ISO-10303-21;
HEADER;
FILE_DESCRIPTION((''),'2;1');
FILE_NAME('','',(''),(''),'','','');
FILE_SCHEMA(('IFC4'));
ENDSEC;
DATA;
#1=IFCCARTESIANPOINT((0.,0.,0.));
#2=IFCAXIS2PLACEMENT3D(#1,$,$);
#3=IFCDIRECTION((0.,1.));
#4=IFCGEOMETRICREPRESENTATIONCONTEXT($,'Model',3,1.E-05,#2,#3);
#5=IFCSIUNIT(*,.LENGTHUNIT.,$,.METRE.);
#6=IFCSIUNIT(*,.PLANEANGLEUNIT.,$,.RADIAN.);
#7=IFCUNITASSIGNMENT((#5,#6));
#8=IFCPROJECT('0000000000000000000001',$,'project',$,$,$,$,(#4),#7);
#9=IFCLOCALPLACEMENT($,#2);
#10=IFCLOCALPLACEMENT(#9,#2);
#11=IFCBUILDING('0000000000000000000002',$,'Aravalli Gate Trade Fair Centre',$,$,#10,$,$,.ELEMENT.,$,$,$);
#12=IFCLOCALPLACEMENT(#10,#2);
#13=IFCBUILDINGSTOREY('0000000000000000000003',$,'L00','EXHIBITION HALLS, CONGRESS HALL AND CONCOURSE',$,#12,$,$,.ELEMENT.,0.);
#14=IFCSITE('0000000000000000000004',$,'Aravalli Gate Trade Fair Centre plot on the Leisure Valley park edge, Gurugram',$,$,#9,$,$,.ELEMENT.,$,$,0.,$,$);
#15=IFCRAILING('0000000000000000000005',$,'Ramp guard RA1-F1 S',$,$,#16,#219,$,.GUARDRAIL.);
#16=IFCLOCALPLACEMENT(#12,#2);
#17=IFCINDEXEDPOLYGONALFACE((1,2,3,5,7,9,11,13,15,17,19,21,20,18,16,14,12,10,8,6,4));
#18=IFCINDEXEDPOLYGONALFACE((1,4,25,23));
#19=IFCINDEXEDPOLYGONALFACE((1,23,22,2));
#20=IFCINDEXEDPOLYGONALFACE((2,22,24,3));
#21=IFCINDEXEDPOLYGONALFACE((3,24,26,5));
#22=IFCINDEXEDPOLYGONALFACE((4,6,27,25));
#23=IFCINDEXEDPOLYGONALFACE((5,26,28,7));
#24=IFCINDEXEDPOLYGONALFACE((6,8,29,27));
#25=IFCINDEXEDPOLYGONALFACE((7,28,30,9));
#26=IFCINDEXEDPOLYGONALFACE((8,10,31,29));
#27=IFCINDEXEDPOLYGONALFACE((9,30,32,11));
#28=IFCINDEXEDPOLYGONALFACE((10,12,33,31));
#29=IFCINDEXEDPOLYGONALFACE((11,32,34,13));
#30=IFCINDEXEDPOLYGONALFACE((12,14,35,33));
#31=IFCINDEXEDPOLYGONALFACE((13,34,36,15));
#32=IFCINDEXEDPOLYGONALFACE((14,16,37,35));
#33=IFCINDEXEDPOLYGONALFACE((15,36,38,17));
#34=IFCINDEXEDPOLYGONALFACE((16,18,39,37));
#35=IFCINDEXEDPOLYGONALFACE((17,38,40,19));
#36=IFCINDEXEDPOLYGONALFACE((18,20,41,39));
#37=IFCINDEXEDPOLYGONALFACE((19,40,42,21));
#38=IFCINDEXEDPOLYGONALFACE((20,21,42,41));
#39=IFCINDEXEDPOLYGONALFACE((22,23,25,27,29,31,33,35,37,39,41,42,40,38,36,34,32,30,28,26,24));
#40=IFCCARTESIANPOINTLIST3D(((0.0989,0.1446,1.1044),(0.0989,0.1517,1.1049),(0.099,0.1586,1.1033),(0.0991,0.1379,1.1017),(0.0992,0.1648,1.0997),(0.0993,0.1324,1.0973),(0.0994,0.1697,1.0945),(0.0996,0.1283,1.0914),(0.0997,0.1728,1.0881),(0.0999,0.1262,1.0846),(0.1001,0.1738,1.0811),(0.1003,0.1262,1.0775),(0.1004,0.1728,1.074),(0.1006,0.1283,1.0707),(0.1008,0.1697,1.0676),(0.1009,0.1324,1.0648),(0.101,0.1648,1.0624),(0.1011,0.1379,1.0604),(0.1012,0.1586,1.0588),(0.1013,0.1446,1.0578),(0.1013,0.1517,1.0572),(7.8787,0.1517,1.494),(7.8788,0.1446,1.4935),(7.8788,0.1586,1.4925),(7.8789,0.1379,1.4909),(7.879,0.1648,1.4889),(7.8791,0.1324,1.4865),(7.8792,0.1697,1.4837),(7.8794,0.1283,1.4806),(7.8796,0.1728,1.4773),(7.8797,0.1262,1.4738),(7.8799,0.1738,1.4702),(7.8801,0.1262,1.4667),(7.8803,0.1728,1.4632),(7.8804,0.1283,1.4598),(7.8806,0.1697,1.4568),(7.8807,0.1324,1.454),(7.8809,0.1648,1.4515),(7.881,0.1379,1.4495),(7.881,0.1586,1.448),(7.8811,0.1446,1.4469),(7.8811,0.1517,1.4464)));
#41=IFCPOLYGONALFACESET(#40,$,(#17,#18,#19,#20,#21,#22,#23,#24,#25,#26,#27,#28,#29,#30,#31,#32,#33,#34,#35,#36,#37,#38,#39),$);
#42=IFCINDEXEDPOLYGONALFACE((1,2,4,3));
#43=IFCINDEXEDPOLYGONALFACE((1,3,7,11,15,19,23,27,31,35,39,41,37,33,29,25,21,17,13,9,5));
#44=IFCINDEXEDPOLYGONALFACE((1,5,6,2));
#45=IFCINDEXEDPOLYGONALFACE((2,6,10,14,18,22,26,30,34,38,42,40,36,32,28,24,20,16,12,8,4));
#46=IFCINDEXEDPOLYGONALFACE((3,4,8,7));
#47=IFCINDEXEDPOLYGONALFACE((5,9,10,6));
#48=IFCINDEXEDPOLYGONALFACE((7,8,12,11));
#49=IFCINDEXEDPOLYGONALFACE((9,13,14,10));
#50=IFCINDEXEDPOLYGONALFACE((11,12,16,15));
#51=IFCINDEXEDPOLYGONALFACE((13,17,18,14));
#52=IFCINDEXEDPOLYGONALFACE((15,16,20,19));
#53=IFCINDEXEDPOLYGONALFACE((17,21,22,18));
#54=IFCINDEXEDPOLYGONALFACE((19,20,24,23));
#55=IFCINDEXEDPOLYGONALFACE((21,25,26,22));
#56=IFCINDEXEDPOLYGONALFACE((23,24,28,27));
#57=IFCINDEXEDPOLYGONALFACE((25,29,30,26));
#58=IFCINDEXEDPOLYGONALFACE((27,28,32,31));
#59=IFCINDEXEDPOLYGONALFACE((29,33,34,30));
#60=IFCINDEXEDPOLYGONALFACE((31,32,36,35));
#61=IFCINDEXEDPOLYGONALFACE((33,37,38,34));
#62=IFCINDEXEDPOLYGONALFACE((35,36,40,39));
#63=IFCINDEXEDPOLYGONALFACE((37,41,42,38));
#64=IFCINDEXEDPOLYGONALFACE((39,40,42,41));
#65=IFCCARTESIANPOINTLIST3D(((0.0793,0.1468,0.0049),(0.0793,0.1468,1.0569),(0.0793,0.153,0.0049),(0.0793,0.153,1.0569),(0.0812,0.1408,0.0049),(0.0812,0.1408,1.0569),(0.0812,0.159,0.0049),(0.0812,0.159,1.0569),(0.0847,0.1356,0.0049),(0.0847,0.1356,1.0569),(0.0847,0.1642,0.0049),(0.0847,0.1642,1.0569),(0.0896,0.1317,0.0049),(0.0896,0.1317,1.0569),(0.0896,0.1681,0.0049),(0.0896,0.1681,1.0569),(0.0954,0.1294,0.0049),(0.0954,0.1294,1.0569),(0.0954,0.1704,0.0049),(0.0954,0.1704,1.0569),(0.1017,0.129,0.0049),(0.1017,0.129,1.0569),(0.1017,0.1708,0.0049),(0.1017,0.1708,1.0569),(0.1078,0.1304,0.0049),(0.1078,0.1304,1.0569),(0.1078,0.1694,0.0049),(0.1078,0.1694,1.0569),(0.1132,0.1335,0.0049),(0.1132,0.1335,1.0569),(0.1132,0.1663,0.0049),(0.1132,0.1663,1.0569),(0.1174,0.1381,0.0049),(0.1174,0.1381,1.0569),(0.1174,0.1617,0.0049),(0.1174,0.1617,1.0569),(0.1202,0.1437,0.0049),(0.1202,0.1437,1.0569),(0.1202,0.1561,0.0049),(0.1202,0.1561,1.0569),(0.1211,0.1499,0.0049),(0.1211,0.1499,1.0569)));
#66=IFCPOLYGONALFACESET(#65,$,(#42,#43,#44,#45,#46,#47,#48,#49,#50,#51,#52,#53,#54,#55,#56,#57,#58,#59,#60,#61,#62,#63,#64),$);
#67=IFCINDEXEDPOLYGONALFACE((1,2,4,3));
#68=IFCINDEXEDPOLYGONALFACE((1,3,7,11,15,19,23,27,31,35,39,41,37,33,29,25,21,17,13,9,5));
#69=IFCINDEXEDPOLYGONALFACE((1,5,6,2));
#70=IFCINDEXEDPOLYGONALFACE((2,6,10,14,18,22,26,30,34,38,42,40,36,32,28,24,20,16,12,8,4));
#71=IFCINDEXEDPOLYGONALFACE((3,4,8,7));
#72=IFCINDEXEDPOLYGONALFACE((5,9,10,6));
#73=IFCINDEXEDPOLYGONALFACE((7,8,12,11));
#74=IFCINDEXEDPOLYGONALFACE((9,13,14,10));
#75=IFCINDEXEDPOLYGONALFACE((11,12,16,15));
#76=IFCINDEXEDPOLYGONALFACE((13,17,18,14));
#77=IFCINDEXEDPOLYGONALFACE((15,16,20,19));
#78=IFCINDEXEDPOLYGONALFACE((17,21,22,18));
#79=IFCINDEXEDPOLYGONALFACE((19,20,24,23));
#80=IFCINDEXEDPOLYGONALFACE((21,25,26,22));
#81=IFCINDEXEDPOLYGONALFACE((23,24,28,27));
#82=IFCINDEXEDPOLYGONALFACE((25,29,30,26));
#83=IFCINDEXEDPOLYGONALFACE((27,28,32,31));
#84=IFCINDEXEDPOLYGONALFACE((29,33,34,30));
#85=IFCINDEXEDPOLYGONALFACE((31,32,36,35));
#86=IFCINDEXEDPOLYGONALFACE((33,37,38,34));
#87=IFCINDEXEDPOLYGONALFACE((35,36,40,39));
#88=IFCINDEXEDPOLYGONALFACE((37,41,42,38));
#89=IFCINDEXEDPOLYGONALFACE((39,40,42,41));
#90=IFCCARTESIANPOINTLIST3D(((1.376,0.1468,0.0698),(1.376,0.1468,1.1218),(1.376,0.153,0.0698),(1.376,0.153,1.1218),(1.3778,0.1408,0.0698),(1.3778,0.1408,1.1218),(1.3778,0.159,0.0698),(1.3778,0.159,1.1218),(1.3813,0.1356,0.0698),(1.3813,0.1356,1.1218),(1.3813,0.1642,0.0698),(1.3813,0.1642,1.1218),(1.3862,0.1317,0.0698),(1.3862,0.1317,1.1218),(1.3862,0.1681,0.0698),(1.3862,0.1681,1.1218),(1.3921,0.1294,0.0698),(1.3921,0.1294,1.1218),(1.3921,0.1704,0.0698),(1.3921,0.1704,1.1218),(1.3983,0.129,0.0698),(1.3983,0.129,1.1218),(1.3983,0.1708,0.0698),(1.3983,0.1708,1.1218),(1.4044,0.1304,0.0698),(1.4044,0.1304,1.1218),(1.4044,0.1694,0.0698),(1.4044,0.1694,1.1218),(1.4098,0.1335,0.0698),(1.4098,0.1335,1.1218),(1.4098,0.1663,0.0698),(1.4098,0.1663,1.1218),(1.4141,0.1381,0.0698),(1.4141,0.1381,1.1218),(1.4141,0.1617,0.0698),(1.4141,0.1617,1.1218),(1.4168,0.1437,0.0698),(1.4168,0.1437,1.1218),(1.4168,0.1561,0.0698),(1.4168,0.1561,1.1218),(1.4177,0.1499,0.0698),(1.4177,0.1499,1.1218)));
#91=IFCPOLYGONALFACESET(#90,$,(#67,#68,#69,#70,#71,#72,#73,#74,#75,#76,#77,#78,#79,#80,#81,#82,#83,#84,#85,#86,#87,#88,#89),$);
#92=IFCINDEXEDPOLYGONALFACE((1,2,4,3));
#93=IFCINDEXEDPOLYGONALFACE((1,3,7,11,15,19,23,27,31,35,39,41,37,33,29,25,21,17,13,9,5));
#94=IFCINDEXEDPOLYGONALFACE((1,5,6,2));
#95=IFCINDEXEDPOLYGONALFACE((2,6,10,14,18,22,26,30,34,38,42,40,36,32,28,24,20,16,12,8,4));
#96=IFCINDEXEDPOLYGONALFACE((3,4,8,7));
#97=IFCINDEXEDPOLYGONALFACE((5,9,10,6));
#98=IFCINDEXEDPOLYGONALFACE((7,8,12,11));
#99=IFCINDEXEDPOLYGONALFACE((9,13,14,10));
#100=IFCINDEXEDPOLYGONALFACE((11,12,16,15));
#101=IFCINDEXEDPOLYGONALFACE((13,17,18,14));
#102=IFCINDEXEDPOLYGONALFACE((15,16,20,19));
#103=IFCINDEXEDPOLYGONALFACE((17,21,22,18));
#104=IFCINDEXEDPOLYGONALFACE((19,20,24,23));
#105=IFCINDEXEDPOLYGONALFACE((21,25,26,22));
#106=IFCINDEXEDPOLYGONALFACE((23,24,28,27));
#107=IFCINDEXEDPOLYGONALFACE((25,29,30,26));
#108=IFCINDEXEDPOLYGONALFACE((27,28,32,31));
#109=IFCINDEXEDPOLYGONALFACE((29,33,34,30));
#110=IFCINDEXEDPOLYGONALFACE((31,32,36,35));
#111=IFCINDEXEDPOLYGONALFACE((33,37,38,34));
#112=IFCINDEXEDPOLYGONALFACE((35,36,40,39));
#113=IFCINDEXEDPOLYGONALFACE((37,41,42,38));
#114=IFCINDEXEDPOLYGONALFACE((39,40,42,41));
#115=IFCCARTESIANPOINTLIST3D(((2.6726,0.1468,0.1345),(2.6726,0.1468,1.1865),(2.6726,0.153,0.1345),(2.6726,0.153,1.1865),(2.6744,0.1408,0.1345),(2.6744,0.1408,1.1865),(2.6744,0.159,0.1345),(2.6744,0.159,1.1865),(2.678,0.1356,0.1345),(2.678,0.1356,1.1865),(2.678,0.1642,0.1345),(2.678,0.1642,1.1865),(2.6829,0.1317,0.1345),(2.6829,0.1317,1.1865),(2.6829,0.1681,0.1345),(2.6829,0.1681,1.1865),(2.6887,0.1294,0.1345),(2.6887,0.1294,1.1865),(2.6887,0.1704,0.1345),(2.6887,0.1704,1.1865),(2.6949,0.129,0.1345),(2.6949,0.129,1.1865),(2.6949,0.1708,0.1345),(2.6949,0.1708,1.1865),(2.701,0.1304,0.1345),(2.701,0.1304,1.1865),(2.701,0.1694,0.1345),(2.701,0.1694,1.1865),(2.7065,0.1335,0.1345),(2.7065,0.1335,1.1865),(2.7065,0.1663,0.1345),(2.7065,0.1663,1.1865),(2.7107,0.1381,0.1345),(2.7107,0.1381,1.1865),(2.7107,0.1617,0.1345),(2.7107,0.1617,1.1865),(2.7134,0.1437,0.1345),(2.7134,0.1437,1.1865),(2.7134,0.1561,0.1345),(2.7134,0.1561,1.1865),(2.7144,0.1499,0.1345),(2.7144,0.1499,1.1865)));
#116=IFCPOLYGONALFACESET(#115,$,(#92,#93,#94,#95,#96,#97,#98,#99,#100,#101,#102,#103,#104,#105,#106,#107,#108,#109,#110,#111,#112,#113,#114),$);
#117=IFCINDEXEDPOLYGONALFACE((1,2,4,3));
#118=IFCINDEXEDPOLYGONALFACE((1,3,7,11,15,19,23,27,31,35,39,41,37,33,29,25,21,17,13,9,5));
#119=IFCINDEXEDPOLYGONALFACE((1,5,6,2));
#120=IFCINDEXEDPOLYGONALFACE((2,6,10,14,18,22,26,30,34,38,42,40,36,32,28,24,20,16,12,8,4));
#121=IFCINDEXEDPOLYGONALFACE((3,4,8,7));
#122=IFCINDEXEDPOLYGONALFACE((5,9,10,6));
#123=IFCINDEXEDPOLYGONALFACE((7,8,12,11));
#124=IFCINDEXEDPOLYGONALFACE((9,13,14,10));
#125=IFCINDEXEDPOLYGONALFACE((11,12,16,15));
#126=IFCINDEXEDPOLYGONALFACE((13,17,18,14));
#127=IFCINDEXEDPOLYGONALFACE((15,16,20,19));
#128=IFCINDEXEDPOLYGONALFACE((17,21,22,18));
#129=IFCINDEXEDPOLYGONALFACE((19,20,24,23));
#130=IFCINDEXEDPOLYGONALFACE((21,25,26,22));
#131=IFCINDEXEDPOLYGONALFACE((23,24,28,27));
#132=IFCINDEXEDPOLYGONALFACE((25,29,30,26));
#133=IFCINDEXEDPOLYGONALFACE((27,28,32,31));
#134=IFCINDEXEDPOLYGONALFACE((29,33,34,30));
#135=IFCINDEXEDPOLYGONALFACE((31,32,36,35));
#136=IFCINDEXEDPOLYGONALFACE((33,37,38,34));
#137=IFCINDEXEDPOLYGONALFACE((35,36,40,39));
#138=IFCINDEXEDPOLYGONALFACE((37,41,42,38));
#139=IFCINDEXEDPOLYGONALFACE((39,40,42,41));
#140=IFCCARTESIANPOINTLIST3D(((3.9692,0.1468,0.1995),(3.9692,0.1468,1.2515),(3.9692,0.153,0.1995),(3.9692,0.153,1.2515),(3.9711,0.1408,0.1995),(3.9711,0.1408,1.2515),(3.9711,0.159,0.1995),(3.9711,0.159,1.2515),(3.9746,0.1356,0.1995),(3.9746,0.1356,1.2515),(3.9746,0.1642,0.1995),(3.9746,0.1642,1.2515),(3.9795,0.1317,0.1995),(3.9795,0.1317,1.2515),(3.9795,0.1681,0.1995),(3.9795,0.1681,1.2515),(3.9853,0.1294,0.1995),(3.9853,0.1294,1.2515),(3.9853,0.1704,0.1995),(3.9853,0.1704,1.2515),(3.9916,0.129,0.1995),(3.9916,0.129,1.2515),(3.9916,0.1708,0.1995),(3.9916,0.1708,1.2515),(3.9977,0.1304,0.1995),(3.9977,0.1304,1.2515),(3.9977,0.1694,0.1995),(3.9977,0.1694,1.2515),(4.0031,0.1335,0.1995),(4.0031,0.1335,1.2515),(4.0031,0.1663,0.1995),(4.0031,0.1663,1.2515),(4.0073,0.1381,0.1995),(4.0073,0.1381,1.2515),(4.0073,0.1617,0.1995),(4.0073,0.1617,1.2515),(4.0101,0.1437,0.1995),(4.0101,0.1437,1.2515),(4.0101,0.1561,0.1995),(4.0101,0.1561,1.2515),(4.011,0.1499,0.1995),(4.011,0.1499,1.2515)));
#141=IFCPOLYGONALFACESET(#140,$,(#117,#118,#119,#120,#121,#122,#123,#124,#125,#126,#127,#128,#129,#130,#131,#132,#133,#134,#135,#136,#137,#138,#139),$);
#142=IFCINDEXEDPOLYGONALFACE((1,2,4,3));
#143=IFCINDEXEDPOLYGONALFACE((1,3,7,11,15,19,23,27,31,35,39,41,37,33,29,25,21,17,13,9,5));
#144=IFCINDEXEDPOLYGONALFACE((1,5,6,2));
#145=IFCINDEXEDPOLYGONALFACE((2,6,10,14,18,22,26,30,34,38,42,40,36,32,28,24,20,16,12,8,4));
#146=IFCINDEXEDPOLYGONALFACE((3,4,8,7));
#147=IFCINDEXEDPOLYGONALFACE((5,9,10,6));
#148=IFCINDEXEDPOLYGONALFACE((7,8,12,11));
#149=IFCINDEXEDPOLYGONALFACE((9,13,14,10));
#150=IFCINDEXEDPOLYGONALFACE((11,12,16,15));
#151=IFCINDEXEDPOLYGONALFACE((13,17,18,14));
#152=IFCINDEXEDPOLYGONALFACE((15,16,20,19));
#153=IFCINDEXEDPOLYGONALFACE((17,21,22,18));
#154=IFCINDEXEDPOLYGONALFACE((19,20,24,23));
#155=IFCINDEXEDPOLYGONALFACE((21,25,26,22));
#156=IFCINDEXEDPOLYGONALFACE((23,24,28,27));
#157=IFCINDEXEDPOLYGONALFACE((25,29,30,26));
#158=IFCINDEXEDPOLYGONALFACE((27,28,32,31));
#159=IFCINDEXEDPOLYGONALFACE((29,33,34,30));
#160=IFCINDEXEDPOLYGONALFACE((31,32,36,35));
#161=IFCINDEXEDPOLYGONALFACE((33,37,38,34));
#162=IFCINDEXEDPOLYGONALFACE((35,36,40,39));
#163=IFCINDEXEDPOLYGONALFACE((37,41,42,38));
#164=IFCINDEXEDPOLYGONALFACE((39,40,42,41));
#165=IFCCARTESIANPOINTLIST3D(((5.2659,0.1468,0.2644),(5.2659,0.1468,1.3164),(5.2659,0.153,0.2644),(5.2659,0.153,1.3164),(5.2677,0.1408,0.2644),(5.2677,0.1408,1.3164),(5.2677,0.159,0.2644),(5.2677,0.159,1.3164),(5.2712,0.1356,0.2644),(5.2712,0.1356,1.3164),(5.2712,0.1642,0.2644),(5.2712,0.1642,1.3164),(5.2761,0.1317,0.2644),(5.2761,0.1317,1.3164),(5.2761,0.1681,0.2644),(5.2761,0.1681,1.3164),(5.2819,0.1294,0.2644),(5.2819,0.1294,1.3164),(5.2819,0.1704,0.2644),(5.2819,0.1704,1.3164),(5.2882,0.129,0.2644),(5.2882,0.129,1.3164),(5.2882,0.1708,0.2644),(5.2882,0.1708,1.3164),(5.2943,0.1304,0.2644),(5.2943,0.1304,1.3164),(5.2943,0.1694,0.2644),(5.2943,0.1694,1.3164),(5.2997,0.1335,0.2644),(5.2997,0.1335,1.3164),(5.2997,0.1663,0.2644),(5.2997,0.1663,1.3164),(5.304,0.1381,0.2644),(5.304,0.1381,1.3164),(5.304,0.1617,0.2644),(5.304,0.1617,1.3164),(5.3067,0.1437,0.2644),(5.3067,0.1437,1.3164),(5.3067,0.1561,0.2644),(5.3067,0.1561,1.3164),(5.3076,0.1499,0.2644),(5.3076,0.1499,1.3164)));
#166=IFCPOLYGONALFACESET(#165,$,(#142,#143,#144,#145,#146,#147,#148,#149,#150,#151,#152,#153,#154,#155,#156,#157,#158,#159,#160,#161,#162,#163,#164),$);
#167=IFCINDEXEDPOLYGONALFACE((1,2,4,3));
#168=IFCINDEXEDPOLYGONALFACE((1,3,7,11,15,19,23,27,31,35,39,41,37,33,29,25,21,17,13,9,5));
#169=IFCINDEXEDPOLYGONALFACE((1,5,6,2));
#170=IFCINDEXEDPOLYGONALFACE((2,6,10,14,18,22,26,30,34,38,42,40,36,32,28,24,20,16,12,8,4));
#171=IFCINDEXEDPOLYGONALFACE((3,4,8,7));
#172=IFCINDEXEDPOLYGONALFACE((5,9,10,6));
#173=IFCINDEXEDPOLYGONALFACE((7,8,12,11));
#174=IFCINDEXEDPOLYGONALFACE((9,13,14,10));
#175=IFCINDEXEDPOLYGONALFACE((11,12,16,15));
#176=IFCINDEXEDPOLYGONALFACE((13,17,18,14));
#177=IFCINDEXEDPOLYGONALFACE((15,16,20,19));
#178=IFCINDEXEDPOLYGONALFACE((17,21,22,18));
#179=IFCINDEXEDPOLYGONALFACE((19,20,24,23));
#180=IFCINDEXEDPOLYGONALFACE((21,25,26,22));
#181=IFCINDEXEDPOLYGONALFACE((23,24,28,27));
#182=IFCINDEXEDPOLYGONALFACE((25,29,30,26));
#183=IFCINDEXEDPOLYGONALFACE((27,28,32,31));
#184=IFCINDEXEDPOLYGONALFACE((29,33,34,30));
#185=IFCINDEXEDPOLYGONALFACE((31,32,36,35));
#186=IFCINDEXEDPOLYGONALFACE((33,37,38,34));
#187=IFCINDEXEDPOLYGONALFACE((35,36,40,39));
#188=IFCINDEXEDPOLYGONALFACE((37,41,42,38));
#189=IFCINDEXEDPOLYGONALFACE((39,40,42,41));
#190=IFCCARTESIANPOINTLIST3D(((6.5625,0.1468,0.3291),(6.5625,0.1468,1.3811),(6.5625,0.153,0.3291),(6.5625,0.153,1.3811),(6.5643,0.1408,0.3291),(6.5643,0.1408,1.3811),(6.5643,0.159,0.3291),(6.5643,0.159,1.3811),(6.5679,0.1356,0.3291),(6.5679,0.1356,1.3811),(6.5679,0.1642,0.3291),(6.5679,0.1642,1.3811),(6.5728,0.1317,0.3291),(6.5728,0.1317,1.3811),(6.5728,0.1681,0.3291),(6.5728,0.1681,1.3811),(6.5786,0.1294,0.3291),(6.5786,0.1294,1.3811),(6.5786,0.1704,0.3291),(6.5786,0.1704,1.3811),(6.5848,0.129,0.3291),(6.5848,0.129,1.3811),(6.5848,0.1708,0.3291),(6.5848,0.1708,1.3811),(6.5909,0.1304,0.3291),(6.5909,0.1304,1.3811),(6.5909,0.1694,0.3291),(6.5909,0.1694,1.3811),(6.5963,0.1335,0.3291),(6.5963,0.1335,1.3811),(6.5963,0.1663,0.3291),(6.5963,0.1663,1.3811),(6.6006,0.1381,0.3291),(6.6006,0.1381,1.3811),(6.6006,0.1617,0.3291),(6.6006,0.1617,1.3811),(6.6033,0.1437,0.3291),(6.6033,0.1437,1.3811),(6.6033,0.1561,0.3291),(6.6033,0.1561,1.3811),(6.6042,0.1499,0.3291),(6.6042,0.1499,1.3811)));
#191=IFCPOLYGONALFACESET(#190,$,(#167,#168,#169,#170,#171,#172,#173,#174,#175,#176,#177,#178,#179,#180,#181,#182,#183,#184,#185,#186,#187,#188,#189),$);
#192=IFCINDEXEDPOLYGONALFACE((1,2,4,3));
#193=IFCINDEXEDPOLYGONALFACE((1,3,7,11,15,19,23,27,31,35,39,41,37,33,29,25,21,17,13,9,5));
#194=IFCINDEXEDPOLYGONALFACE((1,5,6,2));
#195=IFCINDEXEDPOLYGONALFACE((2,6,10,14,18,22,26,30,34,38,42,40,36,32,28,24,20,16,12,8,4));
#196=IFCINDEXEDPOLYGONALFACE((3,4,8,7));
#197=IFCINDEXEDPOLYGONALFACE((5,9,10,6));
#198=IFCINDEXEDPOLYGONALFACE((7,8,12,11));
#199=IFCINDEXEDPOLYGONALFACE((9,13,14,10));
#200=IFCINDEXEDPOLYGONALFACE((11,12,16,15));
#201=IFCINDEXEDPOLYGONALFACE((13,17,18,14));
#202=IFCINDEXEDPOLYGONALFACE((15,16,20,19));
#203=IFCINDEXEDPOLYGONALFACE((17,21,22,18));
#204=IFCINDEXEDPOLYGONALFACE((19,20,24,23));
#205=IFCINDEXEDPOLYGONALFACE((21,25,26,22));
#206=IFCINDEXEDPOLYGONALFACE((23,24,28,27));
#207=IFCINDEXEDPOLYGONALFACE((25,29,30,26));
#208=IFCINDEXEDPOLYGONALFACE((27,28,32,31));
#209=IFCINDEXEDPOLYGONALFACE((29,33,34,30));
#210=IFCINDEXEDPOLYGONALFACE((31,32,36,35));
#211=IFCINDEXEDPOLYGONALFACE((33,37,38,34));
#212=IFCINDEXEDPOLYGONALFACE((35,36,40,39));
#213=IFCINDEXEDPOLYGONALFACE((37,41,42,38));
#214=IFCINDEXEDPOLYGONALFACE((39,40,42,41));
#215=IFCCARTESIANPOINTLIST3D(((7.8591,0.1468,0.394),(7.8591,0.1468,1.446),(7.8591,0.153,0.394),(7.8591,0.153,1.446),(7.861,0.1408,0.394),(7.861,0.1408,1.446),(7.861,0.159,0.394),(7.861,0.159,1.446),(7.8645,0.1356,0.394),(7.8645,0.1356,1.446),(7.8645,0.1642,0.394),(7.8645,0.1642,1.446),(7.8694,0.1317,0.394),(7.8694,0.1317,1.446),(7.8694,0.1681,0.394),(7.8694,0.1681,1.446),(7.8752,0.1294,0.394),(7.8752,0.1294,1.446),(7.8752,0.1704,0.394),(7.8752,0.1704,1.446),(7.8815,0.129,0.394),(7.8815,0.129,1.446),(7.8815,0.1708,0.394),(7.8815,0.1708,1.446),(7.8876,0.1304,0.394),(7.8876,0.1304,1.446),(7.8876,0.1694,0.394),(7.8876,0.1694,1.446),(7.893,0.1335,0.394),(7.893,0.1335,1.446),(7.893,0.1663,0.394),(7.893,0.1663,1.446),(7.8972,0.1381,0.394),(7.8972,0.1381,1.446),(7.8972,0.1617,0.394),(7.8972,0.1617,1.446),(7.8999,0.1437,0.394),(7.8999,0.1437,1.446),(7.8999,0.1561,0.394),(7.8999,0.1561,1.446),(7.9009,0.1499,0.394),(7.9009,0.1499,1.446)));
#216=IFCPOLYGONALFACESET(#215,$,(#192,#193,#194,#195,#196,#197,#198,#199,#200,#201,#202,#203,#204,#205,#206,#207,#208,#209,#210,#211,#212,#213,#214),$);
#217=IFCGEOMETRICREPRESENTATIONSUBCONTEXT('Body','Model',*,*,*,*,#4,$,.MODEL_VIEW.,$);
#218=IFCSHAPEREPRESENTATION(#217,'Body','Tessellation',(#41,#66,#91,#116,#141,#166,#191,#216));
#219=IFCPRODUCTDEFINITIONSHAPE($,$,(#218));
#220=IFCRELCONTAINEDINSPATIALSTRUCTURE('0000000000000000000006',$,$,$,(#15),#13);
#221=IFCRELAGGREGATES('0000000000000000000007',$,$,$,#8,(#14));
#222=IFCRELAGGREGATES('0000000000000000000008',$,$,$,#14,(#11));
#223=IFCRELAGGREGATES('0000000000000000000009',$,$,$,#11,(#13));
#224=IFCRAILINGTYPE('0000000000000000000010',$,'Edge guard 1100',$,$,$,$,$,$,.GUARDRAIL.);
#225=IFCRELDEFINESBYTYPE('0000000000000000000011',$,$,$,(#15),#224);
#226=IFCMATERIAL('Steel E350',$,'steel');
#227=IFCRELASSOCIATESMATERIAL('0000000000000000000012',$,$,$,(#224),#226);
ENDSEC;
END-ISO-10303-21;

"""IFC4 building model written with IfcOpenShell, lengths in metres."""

from ifc_helpers import new_model, si_unit, direction, frame, origin, origin_2d, place, context, subcontext, project, spatial, circle, extrude, material, type_object, element, save


model = new_model("IFC4")

# Units and contexts
model_context = context("Model", 3, precision=1e-05, world=origin(), true_north=direction((0.0, 1.0)))
body_context = subcontext(model_context, "Body", "Model", "MODEL_VIEW")
ifc_project = project(units=[si_unit("LENGTHUNIT", "METRE"), si_unit("PLANEANGLEUNIT", "RADIAN")], contexts=[model_context])

# Site, building, storey
site_placement = place(None, origin())
site = spatial("IfcSite", under=ifc_project, at=site_placement, Name="Aravalli Gate Trade Fair Centre plot on the Leisure Valley park edge, Gurugram", CompositionType="ELEMENT", RefElevation=0.0)
building_placement = place(site_placement, origin())
building = spatial("IfcBuilding", under=site, at=building_placement, Name="Aravalli Gate Trade Fair Centre", CompositionType="ELEMENT")
storey_placement = place(building_placement, origin())
storey = spatial("IfcBuildingStorey", under=building, at=storey_placement, Name="L00", Description="EXHIBITION HALLS, CONGRESS HALL AND CONCOURSE", CompositionType="ELEMENT", Elevation=0.0)

# Railing
ifc_material_1 = material(Name="Steel E350", Category="steel")
railing_type = type_object("IfcRailingType", Name="Edge guard 1100", PredefinedType="GUARDRAIL", material=ifc_material_1)
for number, where, name in (
    (1, (0.1001, 0.1499, 0.0049), "Ramp guard RA1-F1 S"),
):
    element("IfcRailing", number, at=place(storey_placement, frame(where)), inside=storey, type_object=railing_type, Name=name, PredefinedType="GUARDRAIL", context=body_context, shape_type="SweptSolid", body=[
        extrude(circle(Radius=0.0239, at=origin_2d()), frame((0.0, 0.0, 1.0762), z_axis=(0.998751, 0.0, 0.04996), x_axis=(0.0, 1.0, 0.0)), (0.0, 0.0, 1.0), 7.7896),
        extrude(circle(Radius=0.021, at=origin_2d()), origin(), (0.0, 0.0, 1.0), 1.052),
        extrude(circle(Radius=0.021, at=origin_2d()), frame((1.2966, 0.0, 0.0649)), (0.0, 0.0, 1.0), 1.052),
        extrude(circle(Radius=0.021, at=origin_2d()), frame((2.5933, 0.0, 0.1296)), (0.0, 0.0, 1.0), 1.052),
        extrude(circle(Radius=0.021, at=origin_2d()), frame((3.8899, 0.0, 0.1946)), (0.0, 0.0, 1.0), 1.052),
        extrude(circle(Radius=0.021, at=origin_2d()), frame((5.1865, 0.0, 0.2595)), (0.0, 0.0, 1.0), 1.052),
        extrude(circle(Radius=0.021, at=origin_2d()), frame((6.4832, 0.0, 0.3242)), (0.0, 0.0, 1.0), 1.052),
        extrude(circle(Radius=0.021, at=origin_2d()), frame((7.7798, 0.0, 0.3892)), (0.0, 0.0, 1.0), 1.052),
    ])

save(model, "model.ifc")
